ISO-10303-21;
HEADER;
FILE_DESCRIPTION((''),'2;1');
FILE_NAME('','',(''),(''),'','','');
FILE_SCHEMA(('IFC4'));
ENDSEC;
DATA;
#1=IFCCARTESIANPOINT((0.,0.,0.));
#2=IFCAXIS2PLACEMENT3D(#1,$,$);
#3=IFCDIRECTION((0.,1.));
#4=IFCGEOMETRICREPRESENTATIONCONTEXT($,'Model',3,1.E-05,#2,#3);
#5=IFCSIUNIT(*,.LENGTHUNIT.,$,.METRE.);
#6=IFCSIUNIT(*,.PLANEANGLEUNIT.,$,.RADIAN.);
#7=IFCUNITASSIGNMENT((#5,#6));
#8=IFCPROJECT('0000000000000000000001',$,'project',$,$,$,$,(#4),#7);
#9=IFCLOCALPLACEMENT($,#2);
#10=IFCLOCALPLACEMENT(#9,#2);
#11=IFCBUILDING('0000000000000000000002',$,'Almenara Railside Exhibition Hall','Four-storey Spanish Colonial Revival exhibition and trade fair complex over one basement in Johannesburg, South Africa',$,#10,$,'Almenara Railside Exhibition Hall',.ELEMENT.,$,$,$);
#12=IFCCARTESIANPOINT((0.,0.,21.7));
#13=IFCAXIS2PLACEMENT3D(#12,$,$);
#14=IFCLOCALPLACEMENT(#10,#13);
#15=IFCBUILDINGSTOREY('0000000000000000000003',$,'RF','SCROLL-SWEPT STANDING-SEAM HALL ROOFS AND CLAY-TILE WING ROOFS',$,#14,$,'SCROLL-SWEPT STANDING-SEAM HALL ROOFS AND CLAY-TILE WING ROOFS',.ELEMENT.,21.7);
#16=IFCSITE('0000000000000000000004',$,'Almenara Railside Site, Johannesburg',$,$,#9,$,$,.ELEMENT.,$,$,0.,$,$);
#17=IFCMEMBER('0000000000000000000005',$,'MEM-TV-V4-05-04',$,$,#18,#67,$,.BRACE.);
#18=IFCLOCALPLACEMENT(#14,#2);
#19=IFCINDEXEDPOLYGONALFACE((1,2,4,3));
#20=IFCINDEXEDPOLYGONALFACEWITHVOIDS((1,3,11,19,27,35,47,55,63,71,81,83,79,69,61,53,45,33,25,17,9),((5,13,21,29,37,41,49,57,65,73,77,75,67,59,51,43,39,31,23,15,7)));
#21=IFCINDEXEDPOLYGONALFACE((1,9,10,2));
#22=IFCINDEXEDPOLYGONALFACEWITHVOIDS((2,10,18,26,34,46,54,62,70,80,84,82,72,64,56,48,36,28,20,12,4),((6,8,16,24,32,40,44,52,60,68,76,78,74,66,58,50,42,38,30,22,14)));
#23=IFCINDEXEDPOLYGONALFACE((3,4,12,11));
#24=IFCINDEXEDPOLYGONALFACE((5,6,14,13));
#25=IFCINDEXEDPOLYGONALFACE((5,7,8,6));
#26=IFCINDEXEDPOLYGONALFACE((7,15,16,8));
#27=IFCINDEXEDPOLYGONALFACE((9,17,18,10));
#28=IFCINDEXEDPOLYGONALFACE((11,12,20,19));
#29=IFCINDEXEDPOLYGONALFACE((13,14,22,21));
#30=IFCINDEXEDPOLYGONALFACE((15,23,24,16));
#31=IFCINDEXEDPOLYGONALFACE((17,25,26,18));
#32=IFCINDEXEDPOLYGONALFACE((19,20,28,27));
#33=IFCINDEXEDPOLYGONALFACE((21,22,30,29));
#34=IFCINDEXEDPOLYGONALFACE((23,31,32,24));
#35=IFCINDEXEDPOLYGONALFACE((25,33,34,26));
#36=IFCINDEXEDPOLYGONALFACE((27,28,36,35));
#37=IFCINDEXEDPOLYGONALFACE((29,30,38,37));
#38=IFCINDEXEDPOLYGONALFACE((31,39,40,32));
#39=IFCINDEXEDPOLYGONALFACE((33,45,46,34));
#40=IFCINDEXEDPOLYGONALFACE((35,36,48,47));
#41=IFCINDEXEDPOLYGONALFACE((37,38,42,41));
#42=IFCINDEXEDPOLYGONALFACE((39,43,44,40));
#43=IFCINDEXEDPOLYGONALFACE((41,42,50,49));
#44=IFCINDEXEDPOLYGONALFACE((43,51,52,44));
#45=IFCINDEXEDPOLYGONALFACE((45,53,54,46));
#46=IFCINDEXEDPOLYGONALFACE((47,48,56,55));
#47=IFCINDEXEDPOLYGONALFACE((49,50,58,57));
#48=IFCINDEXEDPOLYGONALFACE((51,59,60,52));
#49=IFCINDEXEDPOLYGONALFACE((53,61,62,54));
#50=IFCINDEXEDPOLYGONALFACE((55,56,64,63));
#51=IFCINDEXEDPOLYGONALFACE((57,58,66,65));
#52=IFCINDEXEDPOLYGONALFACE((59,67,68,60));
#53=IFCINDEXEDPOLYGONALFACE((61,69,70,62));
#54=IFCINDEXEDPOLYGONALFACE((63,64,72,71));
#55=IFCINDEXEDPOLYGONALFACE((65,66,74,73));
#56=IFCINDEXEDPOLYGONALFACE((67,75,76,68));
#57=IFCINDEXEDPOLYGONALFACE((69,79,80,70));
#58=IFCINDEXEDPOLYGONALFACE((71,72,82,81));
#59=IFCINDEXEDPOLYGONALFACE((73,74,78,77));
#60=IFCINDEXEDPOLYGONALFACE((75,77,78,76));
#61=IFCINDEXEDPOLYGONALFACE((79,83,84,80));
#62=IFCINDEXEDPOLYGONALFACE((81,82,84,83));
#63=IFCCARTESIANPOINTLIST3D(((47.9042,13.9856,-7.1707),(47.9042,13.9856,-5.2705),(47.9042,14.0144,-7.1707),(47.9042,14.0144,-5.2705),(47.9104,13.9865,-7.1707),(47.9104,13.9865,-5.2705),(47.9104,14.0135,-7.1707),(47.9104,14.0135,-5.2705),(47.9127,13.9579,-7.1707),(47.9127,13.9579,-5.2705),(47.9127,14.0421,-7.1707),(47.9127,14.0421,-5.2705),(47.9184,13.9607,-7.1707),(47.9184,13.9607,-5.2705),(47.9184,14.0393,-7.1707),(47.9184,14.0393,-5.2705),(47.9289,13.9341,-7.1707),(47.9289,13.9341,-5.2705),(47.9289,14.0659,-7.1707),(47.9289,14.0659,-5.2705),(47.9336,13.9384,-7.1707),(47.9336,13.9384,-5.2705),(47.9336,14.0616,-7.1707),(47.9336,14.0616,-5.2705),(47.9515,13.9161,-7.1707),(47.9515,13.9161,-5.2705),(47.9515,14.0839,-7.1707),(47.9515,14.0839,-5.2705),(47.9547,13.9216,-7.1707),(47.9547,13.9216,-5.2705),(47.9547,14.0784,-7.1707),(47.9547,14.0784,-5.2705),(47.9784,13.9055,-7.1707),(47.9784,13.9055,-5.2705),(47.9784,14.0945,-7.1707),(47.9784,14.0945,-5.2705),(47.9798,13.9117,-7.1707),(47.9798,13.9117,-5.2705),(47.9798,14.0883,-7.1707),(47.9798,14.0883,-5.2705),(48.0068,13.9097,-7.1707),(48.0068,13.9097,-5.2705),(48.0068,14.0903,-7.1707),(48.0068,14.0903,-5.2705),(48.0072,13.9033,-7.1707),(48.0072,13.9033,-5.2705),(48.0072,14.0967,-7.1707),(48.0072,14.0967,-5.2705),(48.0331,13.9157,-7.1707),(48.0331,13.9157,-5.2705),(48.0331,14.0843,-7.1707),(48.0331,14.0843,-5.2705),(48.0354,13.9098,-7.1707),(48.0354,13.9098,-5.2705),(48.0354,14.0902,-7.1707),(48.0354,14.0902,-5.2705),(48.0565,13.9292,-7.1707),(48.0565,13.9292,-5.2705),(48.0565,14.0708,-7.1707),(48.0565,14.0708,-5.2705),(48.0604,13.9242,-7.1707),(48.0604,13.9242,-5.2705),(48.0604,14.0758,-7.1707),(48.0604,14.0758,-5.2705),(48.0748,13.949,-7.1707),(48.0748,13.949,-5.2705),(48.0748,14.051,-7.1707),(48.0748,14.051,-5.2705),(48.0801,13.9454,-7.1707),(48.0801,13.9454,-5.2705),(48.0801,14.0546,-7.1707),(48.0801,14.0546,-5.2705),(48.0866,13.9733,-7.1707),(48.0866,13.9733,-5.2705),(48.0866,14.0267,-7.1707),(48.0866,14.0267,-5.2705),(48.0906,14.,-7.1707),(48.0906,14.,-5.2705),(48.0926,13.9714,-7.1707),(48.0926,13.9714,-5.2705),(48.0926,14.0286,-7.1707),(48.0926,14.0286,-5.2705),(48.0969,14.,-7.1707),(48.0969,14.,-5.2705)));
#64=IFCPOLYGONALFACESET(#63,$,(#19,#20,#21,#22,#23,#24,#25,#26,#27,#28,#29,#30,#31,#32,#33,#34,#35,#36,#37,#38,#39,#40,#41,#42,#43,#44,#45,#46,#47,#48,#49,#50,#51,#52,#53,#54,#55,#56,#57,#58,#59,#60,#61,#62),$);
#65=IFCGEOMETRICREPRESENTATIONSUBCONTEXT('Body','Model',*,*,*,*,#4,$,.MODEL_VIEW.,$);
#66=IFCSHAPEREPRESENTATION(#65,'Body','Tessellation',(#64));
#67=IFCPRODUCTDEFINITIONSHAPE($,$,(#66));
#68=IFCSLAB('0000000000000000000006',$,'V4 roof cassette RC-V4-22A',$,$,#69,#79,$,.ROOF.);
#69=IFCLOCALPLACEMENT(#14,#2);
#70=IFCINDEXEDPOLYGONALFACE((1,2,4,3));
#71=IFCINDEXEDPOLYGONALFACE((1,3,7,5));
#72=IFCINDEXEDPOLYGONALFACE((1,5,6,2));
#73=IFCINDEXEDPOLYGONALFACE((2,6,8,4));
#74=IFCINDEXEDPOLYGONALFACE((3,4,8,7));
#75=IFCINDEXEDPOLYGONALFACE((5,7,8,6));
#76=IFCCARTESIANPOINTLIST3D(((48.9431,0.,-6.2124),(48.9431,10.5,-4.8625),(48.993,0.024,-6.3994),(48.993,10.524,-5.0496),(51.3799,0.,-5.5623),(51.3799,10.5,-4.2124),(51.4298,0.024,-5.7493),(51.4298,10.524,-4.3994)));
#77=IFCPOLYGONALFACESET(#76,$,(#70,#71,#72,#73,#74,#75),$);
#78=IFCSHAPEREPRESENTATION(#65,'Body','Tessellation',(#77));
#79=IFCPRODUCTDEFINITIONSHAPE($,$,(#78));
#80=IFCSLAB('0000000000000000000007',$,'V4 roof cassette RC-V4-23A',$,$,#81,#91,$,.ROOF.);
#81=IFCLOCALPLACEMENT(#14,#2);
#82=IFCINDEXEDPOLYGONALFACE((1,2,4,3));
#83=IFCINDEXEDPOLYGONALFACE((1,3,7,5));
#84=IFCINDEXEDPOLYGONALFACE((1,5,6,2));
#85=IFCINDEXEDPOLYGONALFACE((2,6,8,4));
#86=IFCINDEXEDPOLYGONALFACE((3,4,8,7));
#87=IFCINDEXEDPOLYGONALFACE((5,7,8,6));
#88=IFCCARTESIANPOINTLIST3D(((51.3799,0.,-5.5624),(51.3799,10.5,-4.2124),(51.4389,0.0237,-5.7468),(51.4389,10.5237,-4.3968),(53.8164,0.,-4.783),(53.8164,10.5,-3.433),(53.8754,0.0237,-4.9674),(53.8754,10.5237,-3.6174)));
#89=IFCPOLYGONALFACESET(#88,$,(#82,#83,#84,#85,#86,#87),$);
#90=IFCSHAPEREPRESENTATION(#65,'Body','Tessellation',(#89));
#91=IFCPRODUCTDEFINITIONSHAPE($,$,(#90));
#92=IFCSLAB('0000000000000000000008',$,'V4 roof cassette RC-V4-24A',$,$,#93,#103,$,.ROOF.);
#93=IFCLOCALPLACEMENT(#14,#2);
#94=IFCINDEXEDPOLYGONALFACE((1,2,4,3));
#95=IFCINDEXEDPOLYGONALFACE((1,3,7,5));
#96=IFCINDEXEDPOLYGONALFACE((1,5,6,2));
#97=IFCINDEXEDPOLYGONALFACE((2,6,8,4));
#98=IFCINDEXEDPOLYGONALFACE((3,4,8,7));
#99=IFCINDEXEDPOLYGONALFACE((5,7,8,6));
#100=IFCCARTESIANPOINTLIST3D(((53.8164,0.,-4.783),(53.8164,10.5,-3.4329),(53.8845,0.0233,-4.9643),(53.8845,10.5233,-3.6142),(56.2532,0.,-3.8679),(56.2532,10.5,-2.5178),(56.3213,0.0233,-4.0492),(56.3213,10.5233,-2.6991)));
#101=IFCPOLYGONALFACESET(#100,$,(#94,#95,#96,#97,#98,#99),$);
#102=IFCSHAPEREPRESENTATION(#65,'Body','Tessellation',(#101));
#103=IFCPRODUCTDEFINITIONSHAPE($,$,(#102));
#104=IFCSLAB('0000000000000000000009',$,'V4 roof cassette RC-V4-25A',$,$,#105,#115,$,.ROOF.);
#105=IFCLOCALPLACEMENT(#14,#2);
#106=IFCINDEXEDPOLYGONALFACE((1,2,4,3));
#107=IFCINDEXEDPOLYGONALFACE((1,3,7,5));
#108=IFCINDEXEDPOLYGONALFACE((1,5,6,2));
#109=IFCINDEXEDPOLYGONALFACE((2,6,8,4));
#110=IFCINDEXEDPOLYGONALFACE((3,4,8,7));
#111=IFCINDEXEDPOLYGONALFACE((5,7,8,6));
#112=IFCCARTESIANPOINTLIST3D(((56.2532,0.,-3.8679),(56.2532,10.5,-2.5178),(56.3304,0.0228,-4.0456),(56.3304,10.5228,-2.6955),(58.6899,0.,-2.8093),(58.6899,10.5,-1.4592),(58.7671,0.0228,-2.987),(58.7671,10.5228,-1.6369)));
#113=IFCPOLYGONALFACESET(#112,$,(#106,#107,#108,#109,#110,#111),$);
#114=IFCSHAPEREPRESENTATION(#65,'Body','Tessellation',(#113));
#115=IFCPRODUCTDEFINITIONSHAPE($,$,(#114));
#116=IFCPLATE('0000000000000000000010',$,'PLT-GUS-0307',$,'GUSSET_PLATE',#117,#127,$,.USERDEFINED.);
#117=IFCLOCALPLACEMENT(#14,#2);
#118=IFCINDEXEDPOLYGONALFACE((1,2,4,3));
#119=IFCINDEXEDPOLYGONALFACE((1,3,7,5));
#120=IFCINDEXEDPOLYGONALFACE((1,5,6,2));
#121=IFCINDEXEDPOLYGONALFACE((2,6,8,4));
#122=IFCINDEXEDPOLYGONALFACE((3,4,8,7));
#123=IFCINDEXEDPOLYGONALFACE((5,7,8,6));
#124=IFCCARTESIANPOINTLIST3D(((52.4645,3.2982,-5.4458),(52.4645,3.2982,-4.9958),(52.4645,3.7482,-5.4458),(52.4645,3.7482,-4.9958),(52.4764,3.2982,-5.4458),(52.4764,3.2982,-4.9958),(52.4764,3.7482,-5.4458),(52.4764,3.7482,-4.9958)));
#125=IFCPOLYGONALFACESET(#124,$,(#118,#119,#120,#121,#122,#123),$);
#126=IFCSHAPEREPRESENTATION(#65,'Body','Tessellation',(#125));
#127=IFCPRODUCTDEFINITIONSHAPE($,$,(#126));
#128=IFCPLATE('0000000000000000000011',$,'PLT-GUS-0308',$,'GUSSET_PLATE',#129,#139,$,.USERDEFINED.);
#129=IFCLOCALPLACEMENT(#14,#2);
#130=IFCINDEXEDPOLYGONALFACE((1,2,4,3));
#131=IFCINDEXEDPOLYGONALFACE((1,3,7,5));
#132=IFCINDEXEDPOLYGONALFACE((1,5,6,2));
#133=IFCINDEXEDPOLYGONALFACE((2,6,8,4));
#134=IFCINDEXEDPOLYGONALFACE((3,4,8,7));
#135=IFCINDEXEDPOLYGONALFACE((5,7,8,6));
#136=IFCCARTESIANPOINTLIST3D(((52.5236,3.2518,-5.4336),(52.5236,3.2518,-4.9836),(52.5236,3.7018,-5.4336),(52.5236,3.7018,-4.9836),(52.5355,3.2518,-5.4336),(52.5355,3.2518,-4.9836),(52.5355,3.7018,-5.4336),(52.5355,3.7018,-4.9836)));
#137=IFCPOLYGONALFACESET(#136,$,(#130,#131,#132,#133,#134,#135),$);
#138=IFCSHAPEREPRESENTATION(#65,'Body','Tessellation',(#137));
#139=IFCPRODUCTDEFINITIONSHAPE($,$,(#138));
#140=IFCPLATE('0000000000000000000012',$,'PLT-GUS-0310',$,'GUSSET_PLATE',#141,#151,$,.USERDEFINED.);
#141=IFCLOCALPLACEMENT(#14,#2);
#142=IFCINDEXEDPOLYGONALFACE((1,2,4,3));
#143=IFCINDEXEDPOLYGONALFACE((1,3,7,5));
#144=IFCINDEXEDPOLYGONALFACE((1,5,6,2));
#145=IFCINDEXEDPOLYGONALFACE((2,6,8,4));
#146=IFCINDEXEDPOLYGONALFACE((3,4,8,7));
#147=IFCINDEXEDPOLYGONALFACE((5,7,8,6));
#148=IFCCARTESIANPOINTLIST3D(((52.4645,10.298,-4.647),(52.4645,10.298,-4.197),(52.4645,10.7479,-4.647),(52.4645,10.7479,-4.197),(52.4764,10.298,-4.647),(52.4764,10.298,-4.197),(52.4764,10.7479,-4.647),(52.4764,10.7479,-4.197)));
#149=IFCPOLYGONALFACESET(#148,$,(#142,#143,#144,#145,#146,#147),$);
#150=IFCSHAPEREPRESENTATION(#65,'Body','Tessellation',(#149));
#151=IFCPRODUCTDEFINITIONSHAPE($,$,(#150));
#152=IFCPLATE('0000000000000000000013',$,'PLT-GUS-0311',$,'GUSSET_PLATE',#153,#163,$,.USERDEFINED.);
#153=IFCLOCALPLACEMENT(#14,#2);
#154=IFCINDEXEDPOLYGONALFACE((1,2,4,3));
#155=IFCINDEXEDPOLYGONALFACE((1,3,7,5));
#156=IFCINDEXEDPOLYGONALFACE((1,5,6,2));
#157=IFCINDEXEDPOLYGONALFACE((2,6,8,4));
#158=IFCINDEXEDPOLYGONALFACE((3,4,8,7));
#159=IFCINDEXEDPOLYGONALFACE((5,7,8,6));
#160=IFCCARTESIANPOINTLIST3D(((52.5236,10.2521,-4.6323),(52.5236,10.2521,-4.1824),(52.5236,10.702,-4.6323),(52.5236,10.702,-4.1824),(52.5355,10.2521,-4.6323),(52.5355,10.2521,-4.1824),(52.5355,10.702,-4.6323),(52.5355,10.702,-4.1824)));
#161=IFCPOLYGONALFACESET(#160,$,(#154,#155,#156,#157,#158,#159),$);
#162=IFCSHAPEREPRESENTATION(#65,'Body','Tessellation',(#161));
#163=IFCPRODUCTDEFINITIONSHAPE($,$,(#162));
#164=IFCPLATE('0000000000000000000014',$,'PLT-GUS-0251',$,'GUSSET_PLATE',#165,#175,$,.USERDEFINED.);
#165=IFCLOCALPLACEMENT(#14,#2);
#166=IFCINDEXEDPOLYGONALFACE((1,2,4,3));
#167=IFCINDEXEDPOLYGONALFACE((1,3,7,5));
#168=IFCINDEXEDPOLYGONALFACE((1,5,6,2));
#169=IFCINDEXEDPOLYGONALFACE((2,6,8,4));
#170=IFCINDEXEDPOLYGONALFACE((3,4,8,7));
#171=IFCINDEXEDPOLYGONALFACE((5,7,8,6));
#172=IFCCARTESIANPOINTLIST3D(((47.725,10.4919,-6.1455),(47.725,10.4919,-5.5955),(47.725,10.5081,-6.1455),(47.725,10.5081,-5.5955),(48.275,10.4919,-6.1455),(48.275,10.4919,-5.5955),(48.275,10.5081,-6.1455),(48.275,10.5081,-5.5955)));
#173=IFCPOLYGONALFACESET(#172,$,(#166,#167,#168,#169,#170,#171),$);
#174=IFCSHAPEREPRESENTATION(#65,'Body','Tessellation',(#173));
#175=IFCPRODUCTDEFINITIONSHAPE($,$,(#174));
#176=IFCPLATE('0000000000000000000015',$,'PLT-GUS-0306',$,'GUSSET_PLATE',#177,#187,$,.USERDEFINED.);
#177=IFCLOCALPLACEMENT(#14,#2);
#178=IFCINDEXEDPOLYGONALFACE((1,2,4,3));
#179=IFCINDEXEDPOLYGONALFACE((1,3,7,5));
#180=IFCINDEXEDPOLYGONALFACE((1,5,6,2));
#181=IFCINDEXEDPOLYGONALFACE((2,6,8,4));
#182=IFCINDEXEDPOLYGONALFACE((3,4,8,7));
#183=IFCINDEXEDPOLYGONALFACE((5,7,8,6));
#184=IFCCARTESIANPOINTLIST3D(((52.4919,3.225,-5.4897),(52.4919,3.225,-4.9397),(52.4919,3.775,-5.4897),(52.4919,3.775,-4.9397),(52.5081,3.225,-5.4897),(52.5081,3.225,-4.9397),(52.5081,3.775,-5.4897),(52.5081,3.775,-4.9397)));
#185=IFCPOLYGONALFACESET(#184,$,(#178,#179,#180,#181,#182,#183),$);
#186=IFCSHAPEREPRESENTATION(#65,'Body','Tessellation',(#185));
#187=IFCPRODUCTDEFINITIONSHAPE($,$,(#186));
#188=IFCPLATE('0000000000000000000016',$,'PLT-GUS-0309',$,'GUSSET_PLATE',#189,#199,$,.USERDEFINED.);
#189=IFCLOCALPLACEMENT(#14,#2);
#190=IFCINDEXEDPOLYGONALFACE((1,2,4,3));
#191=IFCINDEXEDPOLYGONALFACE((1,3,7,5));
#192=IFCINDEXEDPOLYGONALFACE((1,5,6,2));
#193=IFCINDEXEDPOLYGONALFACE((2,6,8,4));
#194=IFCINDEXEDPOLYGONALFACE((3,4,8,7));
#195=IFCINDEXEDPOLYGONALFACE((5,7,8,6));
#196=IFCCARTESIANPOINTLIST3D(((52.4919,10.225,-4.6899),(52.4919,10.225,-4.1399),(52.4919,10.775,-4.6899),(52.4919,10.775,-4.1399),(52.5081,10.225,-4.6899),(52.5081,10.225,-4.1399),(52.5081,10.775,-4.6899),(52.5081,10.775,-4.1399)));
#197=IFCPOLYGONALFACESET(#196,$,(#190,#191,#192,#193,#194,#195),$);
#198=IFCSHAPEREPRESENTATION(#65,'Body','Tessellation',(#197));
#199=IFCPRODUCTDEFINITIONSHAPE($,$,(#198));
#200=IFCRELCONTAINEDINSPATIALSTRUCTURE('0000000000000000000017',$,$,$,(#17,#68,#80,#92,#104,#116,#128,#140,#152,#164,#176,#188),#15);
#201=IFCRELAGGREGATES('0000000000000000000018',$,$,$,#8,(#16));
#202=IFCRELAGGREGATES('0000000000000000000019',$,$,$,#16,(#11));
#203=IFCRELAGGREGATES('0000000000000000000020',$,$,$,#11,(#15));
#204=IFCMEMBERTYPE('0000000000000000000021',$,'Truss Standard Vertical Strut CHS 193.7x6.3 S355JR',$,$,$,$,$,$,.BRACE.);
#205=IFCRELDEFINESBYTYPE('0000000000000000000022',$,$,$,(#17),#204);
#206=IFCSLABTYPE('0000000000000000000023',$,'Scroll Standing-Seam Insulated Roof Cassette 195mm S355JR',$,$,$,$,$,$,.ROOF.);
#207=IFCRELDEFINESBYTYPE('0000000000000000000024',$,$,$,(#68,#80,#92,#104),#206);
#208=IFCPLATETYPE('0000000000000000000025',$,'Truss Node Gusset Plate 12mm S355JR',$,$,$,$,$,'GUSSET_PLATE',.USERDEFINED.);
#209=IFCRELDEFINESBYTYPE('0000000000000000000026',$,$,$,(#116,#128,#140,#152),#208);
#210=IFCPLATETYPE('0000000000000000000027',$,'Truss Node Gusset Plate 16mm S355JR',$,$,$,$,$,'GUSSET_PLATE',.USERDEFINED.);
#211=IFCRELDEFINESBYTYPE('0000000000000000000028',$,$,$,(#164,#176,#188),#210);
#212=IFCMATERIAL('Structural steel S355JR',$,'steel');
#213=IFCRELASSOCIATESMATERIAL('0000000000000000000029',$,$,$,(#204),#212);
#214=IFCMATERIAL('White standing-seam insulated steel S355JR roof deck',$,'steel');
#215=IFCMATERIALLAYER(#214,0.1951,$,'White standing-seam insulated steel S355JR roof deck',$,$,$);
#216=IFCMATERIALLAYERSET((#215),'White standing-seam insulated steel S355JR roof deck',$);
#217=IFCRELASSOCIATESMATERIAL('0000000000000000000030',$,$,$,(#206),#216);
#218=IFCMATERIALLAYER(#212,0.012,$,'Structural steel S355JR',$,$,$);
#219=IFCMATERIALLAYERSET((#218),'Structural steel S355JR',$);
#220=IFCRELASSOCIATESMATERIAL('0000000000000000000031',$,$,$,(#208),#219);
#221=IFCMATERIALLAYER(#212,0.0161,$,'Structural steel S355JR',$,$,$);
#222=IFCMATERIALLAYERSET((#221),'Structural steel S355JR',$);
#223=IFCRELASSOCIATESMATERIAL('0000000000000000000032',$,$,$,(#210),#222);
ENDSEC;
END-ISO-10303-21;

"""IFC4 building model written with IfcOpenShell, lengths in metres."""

from ifc_helpers import new_model, si_unit, direction, frame, origin, origin_2d, place, context, subcontext, project, spatial, polyline, rectangle, hollow_circle, outline, extrude, material, layer, layer_set, material_profile, profile_set, type_object, element, save


model = new_model("IFC4")

# Units and contexts
model_context = context("Model", 3, precision=1e-05, world=origin(), true_north=direction((0.0, 1.0)))
body_context = subcontext(model_context, "Body", "Model", "MODEL_VIEW")
ifc_project = project(units=[si_unit("LENGTHUNIT", "METRE"), si_unit("PLANEANGLEUNIT", "RADIAN")], contexts=[model_context])

# Site, building, storey
site_placement = place(None, origin())
site = spatial("IfcSite", under=ifc_project, at=site_placement, Name="Almenara Railside Site, Johannesburg", CompositionType="ELEMENT", RefElevation=0.0)
building_placement = place(site_placement, origin())
building = spatial("IfcBuilding", under=site, at=building_placement, Name="Almenara Railside Exhibition Hall", Description="Four-storey Spanish Colonial Revival exhibition and trade fair complex over one basement in Johannesburg, South Africa", LongName="Almenara Railside Exhibition Hall", CompositionType="ELEMENT")
storey_placement = place(building_placement, frame((0.0, 0.0, 21.7)))
storey = spatial("IfcBuildingStorey", under=building, at=storey_placement, Name="RF", Description="SCROLL-SWEPT STANDING-SEAM HALL ROOFS AND CLAY-TILE WING ROOFS", LongName="SCROLL-SWEPT STANDING-SEAM HALL ROOFS AND CLAY-TILE WING ROOFS", CompositionType="ELEMENT", Elevation=21.7)

# Member
ifc_material_1 = material(Name="Structural steel S355JR", Category="steel")
ifc_material_profile_1 = material_profile(ifc_material_1, hollow_circle(Radius=0.0969, WallThickness=0.0063, at=origin_2d()), Name="CHS 193.7x6.3")
ifc_profile_set_1 = profile_set([ifc_material_profile_1], Name="Structural steel S355JR")
member_type_1 = type_object("IfcMemberType", Name="Truss Standard Vertical Strut CHS 193.7x6.3 S355JR", PredefinedType="BRACE", material=ifc_profile_set_1)
member_1_placement = place(storey_placement, frame((48.0, 14.0, -7.1707), z_axis=(0.0, 0.0, 1.0), x_axis=(1.0, 0.0, 0.0)))
element("IfcMember", 1, at=member_1_placement, inside=storey, type_object=member_type_1, Name="MEM-TV-V4-05-04", PredefinedType="BRACE", context=body_context, shape_type="SweptSolid", body=[
    extrude(hollow_circle(Radius=0.0969, WallThickness=0.0063, at=origin_2d()), origin(), (0.0, 0.0, 1.0), 1.9001),
])

# Slabs
ifc_material_2 = material(Name="White standing-seam insulated steel S355JR roof deck", Category="steel")
ifc_layer_1 = layer(ifc_material_2, 0.1951, Name="White standing-seam insulated steel S355JR roof deck")
ifc_layer_set_1 = layer_set([ifc_layer_1], Name="White standing-seam insulated steel S355JR roof deck")
slab_type = type_object("IfcSlabType", Name="Scroll Standing-Seam Insulated Roof Cassette 195mm S355JR", PredefinedType="ROOF", material=ifc_layer_set_1)
slab_1_placement = place(storey_placement, frame((48.9431, 10.5, -4.8625), z_axis=(-0.255823, -0.123265, 0.958833), x_axis=(0.966201, 0.0, 0.257789)))
element("IfcSlab", 2, at=slab_1_placement, inside=storey, type_object=slab_type, Name="V4 roof cassette RC-V4-22A", PredefinedType="ROOF", context=body_context, shape_type="SweptSolid", body=[
    extrude(outline(polyline([(0.0, 0.0), (2.522, 0.0), (2.174, -10.5807), (-0.348, -10.5807), (0.0, 0.0)])), origin(), (0.0, 0.0, -1.0), 0.1951),
])
slab_2_placement = place(storey_placement, frame((51.3799, 10.5, -4.2124), z_axis=(-0.302421, -0.121548, 0.945393), x_axis=(0.952454, 0.000005, 0.304681)))
element("IfcSlab", 3, at=slab_2_placement, inside=storey, type_object=slab_type, Name="V4 roof cassette RC-V4-23A", PredefinedType="ROOF", context=body_context, shape_type="SweptSolid", body=[
    extrude(outline(polyline([(0.0, 0.0), (2.5582, 0.0), (2.1468, -10.5784), (-0.4113, -10.5784), (0.0, 0.0)])), origin(), (0.0, 0.0, -1.0), 0.1951),
])
slab_3_placement = place(storey_placement, frame((53.8164, 10.5, -3.4329), z_axis=(-0.349025, -0.119511, 0.929461), x_axis=(0.936171, 0.0, 0.351545)))
element("IfcSlab", 4, at=slab_3_placement, inside=storey, type_object=slab_type, Name="V4 roof cassette RC-V4-24A", PredefinedType="ROOF", context=body_context, shape_type="SweptSolid", body=[
    extrude(outline(polyline([(0.0, 0.0), (2.6029, 0.0), (2.1283, -10.5758), (-0.4746, -10.5758), (0.0, 0.0)])), origin(), (0.0, 0.0, -1.0), 0.1951),
])
slab_4_placement = place(storey_placement, frame((56.2532, 10.5, -2.5178), z_axis=(-0.395708, -0.117121, 0.910877), x_axis=(0.91719, 0.0, 0.398451)))
element("IfcSlab", 5, at=slab_4_placement, inside=storey, type_object=slab_type, Name="V4 roof cassette RC-V4-25A", PredefinedType="ROOF", context=body_context, shape_type="SweptSolid", body=[
    extrude(outline(polyline([(0.0, 0.0), (2.6568, 0.0), (2.1188, -10.5728), (-0.5379, -10.5728), (0.0, 0.0)])), origin(), (0.0, 0.0, -1.0), 0.1951),
])

# Plates
ifc_layer_2 = layer(ifc_material_1, 0.012, Name="Structural steel S355JR")
ifc_layer_set_2 = layer_set([ifc_layer_2], Name="Structural steel S355JR")
plate_type_1 = type_object("IfcPlateType", Name="Truss Node Gusset Plate 12mm S355JR", ElementType="GUSSET_PLATE", PredefinedType="USERDEFINED", material=ifc_layer_set_2)
for number, where, z_axis, x_axis, name in (
    (6, (52.4705, 3.5232, -5.4458), (0.0, 0.0, 1.0), (0.0, 1.0, 0.0), "PLT-GUS-0307"),
    (7, (52.5295, 3.4768, -5.4336), (0.0, 0.0, 1.0), (0.0, 1.0, 0.0), "PLT-GUS-0308"),
    (8, (52.4705, 10.5229, -4.647), (0.0, 0.0, 1.0), (0.0, 1.0, 0.0), "PLT-GUS-0310"),
    (9, (52.5295, 10.4771, -4.6323), (0.0, 0.0, 1.0), (0.0, 1.0, 0.0), "PLT-GUS-0311"),
):
    element("IfcPlate", number, at=place(storey_placement, frame(where, z_axis=z_axis, x_axis=x_axis)), inside=storey, type_object=plate_type_1, Name=name, ObjectType="GUSSET_PLATE", PredefinedType="USERDEFINED", context=body_context, shape_type="SweptSolid", body=[
        extrude(rectangle(XDim=0.45, YDim=0.012, at=origin_2d()), origin(), (0.0, 0.0, 1.0), 0.45),
    ])
ifc_layer_3 = layer(ifc_material_1, 0.0161, Name="Structural steel S355JR")
ifc_layer_set_3 = layer_set([ifc_layer_3], Name="Structural steel S355JR")
plate_type_2 = type_object("IfcPlateType", Name="Truss Node Gusset Plate 16mm S355JR", ElementType="GUSSET_PLATE", PredefinedType="USERDEFINED", material=ifc_layer_set_3)
for number, where, z_axis, x_axis, name in (
    (10, (48.0, 10.5, -6.1455), (0.0, 0.0, 1.0), (1.0, 0.0, 0.0), "PLT-GUS-0251"),
    (11, (52.5, 3.5, -5.4897), (0.0, 0.0, 1.0), (0.0, 1.0, 0.0), "PLT-GUS-0306"),
    (12, (52.5, 10.5, -4.6899), (0.0, 0.0, 1.0), (0.0, 1.0, 0.0), "PLT-GUS-0309"),
):
    element("IfcPlate", number, at=place(storey_placement, frame(where, z_axis=z_axis, x_axis=x_axis)), inside=storey, type_object=plate_type_2, Name=name, ObjectType="GUSSET_PLATE", PredefinedType="USERDEFINED", context=body_context, shape_type="SweptSolid", body=[
        extrude(rectangle(XDim=0.55, YDim=0.0161, at=origin_2d()), origin(), (0.0, 0.0, 1.0), 0.55),
    ])

save(model, "model.ifc")
